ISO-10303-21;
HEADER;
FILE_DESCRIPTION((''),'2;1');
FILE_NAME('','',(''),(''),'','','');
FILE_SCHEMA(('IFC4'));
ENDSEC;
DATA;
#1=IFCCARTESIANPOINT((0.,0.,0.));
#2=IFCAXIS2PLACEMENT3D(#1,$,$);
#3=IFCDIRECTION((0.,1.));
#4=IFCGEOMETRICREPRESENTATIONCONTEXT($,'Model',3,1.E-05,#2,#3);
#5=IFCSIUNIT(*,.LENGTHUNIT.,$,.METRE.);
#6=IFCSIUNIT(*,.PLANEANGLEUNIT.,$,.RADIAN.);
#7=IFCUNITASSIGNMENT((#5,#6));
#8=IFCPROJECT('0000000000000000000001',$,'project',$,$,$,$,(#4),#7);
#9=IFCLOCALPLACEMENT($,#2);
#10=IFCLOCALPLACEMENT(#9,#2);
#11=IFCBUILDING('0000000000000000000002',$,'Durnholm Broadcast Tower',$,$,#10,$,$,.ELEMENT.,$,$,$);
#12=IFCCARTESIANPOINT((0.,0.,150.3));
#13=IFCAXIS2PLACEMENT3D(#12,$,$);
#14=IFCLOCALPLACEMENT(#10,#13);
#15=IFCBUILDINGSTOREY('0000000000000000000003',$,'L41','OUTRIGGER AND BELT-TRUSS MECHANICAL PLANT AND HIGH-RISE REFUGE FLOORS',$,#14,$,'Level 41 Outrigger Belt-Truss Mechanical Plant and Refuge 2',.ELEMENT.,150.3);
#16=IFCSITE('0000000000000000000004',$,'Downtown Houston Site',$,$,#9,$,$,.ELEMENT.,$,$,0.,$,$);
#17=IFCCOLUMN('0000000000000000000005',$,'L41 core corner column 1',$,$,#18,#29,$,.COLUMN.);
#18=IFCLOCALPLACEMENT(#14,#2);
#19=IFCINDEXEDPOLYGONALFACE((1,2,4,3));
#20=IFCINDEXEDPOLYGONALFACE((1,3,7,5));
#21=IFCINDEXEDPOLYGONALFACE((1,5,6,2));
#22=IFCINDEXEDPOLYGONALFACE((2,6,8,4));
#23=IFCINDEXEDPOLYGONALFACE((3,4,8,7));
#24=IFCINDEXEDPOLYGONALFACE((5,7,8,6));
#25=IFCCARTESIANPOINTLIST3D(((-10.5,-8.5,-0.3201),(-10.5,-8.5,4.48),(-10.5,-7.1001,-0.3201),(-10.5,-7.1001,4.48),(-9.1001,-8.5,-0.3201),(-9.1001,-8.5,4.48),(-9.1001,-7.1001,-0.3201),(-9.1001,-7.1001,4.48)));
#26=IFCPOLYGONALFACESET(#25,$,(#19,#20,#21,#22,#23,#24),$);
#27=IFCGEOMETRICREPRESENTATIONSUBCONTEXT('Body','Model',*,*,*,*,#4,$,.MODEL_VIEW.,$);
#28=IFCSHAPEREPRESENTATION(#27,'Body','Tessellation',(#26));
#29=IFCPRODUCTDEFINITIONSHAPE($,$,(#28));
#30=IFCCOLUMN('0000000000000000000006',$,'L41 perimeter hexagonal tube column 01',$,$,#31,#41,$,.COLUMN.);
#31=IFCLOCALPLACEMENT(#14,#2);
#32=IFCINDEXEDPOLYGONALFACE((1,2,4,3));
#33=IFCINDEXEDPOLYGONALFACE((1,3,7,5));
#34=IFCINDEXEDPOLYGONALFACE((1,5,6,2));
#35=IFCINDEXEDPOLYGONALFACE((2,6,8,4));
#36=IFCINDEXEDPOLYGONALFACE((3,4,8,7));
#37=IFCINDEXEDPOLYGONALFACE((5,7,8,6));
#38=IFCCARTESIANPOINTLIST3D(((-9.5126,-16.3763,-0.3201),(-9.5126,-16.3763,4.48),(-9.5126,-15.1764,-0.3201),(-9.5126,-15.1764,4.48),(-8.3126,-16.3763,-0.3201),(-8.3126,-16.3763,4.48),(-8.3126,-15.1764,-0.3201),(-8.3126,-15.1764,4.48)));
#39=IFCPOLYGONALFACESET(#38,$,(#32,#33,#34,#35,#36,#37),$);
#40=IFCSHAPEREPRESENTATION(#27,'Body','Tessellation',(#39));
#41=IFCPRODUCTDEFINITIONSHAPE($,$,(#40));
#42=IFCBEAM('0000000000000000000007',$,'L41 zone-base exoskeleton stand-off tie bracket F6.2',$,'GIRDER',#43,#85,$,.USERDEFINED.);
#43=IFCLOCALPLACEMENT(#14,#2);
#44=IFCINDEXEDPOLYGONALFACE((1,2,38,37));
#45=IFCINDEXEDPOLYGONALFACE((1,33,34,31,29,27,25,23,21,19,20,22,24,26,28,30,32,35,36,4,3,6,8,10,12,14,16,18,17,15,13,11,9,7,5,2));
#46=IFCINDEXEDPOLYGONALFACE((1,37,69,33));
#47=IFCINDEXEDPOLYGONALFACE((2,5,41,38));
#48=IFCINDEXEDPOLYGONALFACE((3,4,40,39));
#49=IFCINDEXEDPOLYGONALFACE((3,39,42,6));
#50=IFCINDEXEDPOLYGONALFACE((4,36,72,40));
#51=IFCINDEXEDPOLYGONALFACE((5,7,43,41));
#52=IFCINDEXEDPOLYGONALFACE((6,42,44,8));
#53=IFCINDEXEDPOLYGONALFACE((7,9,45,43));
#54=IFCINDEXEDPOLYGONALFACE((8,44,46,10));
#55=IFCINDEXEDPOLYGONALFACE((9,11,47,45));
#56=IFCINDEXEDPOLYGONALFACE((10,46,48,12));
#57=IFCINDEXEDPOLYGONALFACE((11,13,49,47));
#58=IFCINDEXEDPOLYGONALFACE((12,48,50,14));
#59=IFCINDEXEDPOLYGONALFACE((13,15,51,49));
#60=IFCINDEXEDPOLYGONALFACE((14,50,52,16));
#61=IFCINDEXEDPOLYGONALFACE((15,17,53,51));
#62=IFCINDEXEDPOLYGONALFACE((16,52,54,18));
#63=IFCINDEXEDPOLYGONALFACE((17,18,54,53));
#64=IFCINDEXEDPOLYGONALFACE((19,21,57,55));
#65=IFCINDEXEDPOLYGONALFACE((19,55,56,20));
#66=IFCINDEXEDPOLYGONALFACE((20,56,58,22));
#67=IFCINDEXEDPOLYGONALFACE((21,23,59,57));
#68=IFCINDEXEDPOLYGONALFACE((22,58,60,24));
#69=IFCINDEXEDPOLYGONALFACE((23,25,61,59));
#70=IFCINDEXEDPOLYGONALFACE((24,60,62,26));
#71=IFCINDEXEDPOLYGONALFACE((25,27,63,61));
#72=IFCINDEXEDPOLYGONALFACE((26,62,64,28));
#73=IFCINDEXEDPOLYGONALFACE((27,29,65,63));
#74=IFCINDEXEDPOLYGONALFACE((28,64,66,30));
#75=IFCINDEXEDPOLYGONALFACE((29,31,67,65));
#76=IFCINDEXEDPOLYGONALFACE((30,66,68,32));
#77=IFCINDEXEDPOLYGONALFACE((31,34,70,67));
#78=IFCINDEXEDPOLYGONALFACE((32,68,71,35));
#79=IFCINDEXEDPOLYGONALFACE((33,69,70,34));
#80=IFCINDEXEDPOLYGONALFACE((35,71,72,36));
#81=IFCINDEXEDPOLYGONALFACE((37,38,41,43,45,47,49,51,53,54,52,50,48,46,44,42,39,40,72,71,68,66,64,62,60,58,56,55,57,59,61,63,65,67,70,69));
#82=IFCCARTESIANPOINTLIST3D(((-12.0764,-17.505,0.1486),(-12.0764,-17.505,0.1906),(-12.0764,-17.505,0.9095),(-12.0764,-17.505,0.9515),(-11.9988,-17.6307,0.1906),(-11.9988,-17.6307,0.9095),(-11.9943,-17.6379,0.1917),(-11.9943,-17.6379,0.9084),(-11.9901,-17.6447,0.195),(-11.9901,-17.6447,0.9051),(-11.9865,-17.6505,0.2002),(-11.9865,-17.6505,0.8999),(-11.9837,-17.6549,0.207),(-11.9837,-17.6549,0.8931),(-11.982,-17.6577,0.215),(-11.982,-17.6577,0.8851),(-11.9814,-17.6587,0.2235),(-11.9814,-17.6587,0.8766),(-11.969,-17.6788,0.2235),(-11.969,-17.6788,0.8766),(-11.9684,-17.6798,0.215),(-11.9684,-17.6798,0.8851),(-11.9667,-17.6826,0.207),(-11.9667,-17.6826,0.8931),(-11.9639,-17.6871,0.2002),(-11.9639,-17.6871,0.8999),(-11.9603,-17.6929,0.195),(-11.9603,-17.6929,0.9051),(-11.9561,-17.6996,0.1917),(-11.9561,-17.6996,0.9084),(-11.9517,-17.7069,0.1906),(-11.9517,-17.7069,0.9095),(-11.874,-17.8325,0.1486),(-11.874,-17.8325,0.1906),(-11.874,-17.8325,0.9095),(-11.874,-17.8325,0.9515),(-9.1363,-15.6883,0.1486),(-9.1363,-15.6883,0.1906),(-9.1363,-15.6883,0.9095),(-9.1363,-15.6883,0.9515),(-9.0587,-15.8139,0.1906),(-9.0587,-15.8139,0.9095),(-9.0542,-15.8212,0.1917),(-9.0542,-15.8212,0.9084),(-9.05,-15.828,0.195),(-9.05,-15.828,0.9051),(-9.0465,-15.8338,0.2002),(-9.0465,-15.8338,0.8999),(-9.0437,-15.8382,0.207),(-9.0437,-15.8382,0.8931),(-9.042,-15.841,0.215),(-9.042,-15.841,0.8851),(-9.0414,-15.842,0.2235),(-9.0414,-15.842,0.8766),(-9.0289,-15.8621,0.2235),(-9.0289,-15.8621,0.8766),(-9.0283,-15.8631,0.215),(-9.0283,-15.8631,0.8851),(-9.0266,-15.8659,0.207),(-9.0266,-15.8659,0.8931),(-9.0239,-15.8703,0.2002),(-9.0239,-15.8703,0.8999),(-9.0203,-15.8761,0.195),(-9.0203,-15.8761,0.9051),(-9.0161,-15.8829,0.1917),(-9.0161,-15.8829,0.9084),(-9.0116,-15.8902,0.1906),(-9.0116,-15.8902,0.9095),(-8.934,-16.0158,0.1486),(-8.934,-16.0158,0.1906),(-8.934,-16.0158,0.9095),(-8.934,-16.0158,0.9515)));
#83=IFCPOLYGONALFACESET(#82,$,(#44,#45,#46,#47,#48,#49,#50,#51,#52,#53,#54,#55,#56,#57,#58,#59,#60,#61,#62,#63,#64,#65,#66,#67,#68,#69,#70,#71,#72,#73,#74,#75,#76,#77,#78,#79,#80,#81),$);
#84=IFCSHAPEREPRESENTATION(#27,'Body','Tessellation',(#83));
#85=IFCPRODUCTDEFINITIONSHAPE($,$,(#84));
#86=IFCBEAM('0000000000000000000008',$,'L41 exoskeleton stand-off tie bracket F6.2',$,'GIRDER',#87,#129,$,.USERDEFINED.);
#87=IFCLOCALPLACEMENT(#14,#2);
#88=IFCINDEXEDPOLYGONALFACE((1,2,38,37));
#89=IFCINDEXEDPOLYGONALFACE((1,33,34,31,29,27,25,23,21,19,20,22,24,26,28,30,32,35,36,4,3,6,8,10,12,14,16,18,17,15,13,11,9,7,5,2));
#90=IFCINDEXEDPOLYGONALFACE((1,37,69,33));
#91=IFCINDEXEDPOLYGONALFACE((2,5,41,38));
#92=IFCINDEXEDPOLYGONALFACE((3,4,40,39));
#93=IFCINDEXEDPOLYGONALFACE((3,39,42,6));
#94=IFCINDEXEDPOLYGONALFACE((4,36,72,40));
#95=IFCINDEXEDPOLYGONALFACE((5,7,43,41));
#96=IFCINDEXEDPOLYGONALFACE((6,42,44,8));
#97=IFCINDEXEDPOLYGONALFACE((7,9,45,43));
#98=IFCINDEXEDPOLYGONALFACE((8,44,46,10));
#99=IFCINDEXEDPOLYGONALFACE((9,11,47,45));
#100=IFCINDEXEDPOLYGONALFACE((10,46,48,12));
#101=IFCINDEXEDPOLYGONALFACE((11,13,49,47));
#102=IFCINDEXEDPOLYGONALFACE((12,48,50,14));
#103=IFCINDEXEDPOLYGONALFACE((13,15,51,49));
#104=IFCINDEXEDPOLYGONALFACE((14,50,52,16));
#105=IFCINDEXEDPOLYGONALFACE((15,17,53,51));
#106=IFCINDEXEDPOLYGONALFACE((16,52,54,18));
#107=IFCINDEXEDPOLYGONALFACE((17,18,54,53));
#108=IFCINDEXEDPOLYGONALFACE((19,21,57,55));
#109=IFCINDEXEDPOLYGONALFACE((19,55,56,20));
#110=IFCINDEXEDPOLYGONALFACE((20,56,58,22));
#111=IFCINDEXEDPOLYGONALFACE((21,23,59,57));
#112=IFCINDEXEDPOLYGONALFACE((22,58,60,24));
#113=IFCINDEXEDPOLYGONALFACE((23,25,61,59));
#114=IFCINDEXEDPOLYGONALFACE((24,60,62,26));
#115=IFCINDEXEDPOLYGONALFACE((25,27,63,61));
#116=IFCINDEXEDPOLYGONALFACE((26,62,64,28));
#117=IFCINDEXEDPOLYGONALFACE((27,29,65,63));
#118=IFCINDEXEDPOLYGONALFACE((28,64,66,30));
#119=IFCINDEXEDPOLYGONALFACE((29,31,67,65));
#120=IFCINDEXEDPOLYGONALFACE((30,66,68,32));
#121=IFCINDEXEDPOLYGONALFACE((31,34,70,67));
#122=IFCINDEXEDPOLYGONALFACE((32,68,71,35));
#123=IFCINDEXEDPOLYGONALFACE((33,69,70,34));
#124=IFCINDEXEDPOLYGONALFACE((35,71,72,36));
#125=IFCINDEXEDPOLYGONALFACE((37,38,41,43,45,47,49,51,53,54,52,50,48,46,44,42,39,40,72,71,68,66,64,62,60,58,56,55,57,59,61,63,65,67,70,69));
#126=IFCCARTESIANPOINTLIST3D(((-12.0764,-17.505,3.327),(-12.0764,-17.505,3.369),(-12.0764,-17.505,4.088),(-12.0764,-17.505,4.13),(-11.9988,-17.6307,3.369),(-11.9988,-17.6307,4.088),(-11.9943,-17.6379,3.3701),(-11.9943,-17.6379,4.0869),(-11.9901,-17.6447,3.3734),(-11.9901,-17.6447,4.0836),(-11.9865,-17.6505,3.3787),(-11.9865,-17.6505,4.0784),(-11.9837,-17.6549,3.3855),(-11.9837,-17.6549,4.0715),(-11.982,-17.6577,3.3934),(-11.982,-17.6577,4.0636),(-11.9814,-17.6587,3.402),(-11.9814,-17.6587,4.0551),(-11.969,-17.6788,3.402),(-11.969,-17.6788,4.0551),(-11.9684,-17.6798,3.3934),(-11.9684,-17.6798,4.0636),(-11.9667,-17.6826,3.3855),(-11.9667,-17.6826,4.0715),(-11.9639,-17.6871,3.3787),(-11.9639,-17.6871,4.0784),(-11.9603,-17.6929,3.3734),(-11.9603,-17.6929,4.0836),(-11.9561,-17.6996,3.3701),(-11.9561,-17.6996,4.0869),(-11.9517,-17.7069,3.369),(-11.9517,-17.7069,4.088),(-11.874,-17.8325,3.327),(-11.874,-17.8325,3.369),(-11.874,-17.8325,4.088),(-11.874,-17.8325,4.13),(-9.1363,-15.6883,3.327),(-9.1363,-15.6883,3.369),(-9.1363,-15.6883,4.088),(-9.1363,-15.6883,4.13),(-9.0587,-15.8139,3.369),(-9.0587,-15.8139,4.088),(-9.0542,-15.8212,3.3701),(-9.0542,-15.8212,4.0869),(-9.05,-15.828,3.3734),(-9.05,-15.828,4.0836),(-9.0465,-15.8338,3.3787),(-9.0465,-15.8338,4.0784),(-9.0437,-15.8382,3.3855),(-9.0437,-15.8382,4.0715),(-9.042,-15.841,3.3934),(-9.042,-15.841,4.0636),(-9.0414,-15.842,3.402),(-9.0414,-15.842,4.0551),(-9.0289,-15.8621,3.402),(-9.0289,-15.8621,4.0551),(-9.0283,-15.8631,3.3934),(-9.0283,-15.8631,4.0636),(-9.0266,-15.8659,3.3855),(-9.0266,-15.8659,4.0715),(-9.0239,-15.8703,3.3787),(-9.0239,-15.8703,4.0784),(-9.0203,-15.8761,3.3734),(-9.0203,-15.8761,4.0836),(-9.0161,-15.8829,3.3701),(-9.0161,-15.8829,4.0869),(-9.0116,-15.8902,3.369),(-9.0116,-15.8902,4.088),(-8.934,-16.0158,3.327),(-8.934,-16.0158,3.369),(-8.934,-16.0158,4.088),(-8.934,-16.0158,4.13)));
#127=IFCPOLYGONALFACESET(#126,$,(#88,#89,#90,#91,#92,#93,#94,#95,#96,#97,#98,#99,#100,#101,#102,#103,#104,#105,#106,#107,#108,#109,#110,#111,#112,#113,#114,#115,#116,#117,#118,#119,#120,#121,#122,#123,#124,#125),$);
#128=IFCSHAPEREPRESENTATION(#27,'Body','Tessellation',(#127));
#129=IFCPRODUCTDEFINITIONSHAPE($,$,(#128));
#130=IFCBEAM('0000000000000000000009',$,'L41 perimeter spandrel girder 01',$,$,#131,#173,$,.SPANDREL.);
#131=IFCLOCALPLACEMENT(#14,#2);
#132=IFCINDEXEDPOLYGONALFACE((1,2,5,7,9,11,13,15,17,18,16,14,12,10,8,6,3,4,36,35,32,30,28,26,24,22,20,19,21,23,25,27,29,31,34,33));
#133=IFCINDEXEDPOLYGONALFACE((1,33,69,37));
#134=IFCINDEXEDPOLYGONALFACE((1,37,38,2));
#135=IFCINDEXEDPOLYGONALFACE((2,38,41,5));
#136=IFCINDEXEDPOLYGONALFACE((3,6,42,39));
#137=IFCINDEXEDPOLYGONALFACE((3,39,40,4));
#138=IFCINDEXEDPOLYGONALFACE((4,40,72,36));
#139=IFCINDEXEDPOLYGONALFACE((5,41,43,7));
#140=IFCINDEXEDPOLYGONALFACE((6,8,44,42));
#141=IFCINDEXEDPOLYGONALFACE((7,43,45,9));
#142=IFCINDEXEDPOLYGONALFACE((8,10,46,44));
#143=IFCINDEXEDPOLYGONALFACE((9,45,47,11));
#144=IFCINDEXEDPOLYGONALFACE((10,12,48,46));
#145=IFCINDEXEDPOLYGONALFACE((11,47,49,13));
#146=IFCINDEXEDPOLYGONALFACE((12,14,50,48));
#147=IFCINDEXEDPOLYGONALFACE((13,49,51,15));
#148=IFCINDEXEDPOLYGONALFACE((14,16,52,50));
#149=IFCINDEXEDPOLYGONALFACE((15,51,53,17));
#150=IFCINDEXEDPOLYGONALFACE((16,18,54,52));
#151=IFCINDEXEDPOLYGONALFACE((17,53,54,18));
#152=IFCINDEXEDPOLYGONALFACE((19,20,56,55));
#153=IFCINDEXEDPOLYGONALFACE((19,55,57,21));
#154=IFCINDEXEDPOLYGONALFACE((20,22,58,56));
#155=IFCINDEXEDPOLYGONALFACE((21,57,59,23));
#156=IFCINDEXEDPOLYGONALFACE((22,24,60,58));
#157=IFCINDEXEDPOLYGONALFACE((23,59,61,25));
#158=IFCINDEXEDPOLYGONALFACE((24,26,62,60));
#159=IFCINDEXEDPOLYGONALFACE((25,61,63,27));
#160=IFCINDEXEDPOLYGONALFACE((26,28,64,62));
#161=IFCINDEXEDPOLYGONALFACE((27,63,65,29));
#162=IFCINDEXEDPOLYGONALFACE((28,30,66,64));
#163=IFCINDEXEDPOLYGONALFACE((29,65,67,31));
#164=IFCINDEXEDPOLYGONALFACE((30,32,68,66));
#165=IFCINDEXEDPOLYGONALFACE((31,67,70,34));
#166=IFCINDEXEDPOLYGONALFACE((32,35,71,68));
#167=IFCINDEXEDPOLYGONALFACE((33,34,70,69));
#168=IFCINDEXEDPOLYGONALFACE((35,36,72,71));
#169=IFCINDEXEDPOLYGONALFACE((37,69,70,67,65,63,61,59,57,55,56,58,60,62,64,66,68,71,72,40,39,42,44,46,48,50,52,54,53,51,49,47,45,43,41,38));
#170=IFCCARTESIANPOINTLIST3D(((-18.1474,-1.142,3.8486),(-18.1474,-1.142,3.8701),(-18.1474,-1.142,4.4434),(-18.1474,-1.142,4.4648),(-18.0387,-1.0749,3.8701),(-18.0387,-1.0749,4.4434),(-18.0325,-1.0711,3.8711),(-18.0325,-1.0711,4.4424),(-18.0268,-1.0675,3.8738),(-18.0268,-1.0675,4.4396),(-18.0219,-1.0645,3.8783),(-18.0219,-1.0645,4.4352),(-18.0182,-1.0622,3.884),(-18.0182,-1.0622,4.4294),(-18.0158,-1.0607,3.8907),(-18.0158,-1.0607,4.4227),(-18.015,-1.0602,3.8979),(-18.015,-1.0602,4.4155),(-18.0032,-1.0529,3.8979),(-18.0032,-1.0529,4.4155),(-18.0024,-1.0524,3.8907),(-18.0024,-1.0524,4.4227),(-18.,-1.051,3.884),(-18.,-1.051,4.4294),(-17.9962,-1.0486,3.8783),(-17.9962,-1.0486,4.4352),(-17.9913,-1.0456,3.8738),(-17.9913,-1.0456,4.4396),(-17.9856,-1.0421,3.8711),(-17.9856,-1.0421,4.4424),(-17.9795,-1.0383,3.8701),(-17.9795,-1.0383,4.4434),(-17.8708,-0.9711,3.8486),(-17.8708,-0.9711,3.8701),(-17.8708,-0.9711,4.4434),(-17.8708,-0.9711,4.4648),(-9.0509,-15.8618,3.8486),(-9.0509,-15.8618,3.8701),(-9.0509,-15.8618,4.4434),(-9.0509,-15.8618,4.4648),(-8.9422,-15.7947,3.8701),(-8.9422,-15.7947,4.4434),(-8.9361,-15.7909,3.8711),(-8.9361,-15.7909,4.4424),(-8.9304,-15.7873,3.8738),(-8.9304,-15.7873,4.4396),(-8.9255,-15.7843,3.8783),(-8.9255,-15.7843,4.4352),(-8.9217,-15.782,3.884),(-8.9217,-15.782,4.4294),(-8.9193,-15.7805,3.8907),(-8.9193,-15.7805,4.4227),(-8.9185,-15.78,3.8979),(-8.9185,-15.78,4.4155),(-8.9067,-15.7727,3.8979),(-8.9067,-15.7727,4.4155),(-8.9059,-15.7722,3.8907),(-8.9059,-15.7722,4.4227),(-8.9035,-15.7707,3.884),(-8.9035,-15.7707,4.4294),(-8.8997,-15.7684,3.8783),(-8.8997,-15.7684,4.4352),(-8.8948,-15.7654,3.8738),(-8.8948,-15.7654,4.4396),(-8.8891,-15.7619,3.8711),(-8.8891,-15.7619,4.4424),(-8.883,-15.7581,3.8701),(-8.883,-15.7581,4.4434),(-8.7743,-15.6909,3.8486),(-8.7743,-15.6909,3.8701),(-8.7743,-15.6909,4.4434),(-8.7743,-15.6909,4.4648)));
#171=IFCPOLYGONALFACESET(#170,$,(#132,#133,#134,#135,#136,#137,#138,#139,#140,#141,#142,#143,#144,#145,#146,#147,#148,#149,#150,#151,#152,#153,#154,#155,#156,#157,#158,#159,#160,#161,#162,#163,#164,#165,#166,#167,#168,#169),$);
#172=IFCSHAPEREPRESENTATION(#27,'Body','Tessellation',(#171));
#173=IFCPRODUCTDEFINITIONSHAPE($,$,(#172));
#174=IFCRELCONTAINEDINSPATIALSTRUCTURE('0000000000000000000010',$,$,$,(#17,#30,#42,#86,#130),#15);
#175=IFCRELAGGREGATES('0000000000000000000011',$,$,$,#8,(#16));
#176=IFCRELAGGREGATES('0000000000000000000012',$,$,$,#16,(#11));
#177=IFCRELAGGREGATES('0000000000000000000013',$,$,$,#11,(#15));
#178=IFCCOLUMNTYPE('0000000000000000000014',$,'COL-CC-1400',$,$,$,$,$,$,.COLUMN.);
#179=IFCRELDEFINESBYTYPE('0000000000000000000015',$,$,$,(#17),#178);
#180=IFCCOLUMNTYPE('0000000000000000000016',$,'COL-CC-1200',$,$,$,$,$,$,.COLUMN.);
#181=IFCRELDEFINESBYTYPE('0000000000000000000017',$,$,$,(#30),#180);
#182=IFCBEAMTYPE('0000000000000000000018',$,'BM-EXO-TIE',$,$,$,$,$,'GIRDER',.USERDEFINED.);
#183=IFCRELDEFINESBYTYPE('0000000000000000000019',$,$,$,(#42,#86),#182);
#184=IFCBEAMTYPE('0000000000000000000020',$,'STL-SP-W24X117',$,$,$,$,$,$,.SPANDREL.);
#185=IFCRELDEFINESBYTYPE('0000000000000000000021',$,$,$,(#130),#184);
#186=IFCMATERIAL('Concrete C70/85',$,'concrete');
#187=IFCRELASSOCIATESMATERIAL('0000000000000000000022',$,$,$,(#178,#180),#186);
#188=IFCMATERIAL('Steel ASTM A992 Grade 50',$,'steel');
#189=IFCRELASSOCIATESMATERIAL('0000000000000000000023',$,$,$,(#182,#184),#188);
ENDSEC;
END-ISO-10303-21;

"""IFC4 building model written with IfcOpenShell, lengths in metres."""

from ifc_helpers import new_model, si_unit, direction, frame, origin, origin_2d, place, context, subcontext, project, spatial, rectangle, i_section, extrude, source, transform, mapped, material, material_profile, profile_set, type_object, type_shapes, element, save


model = new_model("IFC4")

# Units and contexts
model_context = context("Model", 3, precision=1e-05, world=origin(), true_north=direction((0.0, 1.0)))
body_context = subcontext(model_context, "Body", "Model", "MODEL_VIEW")
ifc_project = project(units=[si_unit("LENGTHUNIT", "METRE"), si_unit("PLANEANGLEUNIT", "RADIAN")], contexts=[model_context])

# Site, building, storey
site_placement = place(None, origin())
site = spatial("IfcSite", under=ifc_project, at=site_placement, Name="Downtown Houston Site", CompositionType="ELEMENT", RefElevation=0.0)
building_placement = place(site_placement, origin())
building = spatial("IfcBuilding", under=site, at=building_placement, Name="Durnholm Broadcast Tower", CompositionType="ELEMENT")
storey_placement = place(building_placement, frame((0.0, 0.0, 150.3)))
storey = spatial("IfcBuildingStorey", under=building, at=storey_placement, Name="L41", Description="OUTRIGGER AND BELT-TRUSS MECHANICAL PLANT AND HIGH-RISE REFUGE FLOORS", LongName="Level 41 Outrigger Belt-Truss Mechanical Plant and Refuge 2", CompositionType="ELEMENT", Elevation=150.3)

# Columns
ifc_material_1 = material(Name="Concrete C70/85", Category="concrete")
ifc_material_profile_1 = material_profile(ifc_material_1, rectangle(XDim=1.3999, YDim=1.3999, at=origin_2d()), Name="RC1400X1400")
ifc_profile_set_1 = profile_set([ifc_material_profile_1], Name="Concrete C70/85")
column_type_1 = type_object("IfcColumnType", Name="COL-CC-1400", PredefinedType="COLUMN", material=ifc_profile_set_1)
shared_shape_1 = source(origin(), body_context, "Body", "SweptSolid", [
    extrude(rectangle(XDim=1.3999, YDim=1.3999, at=origin_2d()), origin(), (0.0, 0.0, 1.0), 4.8),
])
type_shapes(column_type_1, [shared_shape_1])
column_1_placement = place(storey_placement, frame((-9.8, -7.8, -0.3201), z_axis=(0.0, 0.0, 1.0), x_axis=(1.0, 0.0, 0.0)))
element("IfcColumn", 1, at=column_1_placement, inside=storey, type_object=column_type_1, Name="L41 core corner column 1", PredefinedType="COLUMN", context=body_context, shape_type="MappedRepresentation", body=[
    mapped(shared_shape_1, transform((0.0, 0.0, 0.0), x_axis=(1.0, 0.0, 0.0), y_axis=(0.0, 1.0, 0.0), z_axis=(0.0, 0.0, 1.0), scale=1.0)),
])
ifc_material_profile_2 = material_profile(ifc_material_1, rectangle(XDim=1.2, YDim=1.2, at=origin_2d()), Name="RC1200X1200")
ifc_profile_set_2 = profile_set([ifc_material_profile_2], Name="Concrete C70/85")
column_type_2 = type_object("IfcColumnType", Name="COL-CC-1200", PredefinedType="COLUMN", material=ifc_profile_set_2)
shared_shape_2 = source(origin(), body_context, "Body", "SweptSolid", [
    extrude(rectangle(XDim=1.2, YDim=1.2, at=origin_2d()), origin(), (0.0, 0.0, 1.0), 4.8),
])
type_shapes(column_type_2, [shared_shape_2])
column_2_placement = place(storey_placement, frame((-8.9126, -15.7764, -0.3201), z_axis=(0.0, 0.0, 1.0), x_axis=(1.0, 0.0, 0.0)))
element("IfcColumn", 2, at=column_2_placement, inside=storey, type_object=column_type_2, Name="L41 perimeter hexagonal tube column 01", PredefinedType="COLUMN", context=body_context, shape_type="MappedRepresentation", body=[
    mapped(shared_shape_2, transform((0.0, 0.0, 0.0), x_axis=(1.0, 0.0, 0.0), y_axis=(0.0, 1.0, 0.0), z_axis=(0.0, 0.0, 1.0), scale=1.0)),
])

# Beams
ifc_material_2 = material(Name="Steel ASTM A992 Grade 50", Category="steel")
ifc_material_profile_3 = material_profile(ifc_material_2, i_section(OverallWidth=0.385, OverallDepth=0.803, WebThickness=0.0237, FlangeThickness=0.042, FilletRadius=0.033, at=origin_2d()), Name="W30X261")
ifc_profile_set_3 = profile_set([ifc_material_profile_3], Name="Steel ASTM A992 Grade 50")
beam_type_1 = type_object("IfcBeamType", Name="BM-EXO-TIE", ElementType="GIRDER", PredefinedType="USERDEFINED", material=ifc_profile_set_3)
shared_shape_3 = source(origin(), body_context, "Body", "SweptSolid", [
    extrude(i_section(OverallWidth=0.385, OverallDepth=0.803, WebThickness=0.0237, FlangeThickness=0.042, FilletRadius=0.033, at=origin_2d()), origin(), (0.0, 0.0, 1.0), 3.4561),
])
type_shapes(beam_type_1, [shared_shape_3])
for number, where, z_axis, x_axis, name in (
    (3, (-9.0352, -15.8521, 0.55), (-0.850694, -0.525661, 0.0), (0.525661, -0.850694, 0.0), "L41 zone-base exoskeleton stand-off tie bracket F6.2"),
    (4, (-9.0352, -15.8521, 3.7285), (-0.850694, -0.525661, 0.0), (0.525661, -0.850694, 0.0), "L41 exoskeleton stand-off tie bracket F6.2"),
):
    element("IfcBeam", number, at=place(storey_placement, frame(where, z_axis=z_axis, x_axis=x_axis)), inside=storey, type_object=beam_type_1, Name=name, ObjectType="GIRDER", PredefinedType="USERDEFINED", context=body_context, shape_type="MappedRepresentation", body=[
        mapped(shared_shape_3, transform((0.0, 0.0, 0.0), x_axis=(1.0, 0.0, 0.0), y_axis=(0.0, 1.0, 0.0), z_axis=(0.0, 0.0, 1.0), scale=1.0)),
    ])
ifc_material_profile_4 = material_profile(ifc_material_2, i_section(OverallWidth=0.3252, OverallDepth=0.6162, WebThickness=0.0139, FlangeThickness=0.0215, FilletRadius=0.0278, at=origin_2d()), Name="W24X117")
ifc_profile_set_4 = profile_set([ifc_material_profile_4], Name="Steel ASTM A992 Grade 50")
beam_type_2 = type_object("IfcBeamType", Name="STL-SP-W24X117", PredefinedType="SPANDREL", material=ifc_profile_set_4)
shared_shape_4 = source(origin(), body_context, "Body", "SweptSolid", [
    extrude(i_section(OverallWidth=0.3252, OverallDepth=0.6162, WebThickness=0.0139, FlangeThickness=0.0215, FilletRadius=0.0278, at=origin_2d()), origin(), (0.0, 0.0, 1.0), 17.3037),
])
type_shapes(beam_type_2, [shared_shape_4])
beam_placement = place(storey_placement, frame((-8.9126, -15.7764, 4.1567), z_axis=(-0.525695, 0.850673, 0.0), x_axis=(-0.850673, -0.525695, 0.0)))
element("IfcBeam", 5, at=beam_placement, inside=storey, type_object=beam_type_2, Name="L41 perimeter spandrel girder 01", PredefinedType="SPANDREL", context=body_context, shape_type="MappedRepresentation", body=[
    mapped(shared_shape_4, transform((0.0, 0.0, 0.0), x_axis=(1.0, 0.0, 0.0), y_axis=(0.0, 1.0, 0.0), z_axis=(0.0, 0.0, 1.0), scale=1.0)),
])

save(model, "model.ifc")
